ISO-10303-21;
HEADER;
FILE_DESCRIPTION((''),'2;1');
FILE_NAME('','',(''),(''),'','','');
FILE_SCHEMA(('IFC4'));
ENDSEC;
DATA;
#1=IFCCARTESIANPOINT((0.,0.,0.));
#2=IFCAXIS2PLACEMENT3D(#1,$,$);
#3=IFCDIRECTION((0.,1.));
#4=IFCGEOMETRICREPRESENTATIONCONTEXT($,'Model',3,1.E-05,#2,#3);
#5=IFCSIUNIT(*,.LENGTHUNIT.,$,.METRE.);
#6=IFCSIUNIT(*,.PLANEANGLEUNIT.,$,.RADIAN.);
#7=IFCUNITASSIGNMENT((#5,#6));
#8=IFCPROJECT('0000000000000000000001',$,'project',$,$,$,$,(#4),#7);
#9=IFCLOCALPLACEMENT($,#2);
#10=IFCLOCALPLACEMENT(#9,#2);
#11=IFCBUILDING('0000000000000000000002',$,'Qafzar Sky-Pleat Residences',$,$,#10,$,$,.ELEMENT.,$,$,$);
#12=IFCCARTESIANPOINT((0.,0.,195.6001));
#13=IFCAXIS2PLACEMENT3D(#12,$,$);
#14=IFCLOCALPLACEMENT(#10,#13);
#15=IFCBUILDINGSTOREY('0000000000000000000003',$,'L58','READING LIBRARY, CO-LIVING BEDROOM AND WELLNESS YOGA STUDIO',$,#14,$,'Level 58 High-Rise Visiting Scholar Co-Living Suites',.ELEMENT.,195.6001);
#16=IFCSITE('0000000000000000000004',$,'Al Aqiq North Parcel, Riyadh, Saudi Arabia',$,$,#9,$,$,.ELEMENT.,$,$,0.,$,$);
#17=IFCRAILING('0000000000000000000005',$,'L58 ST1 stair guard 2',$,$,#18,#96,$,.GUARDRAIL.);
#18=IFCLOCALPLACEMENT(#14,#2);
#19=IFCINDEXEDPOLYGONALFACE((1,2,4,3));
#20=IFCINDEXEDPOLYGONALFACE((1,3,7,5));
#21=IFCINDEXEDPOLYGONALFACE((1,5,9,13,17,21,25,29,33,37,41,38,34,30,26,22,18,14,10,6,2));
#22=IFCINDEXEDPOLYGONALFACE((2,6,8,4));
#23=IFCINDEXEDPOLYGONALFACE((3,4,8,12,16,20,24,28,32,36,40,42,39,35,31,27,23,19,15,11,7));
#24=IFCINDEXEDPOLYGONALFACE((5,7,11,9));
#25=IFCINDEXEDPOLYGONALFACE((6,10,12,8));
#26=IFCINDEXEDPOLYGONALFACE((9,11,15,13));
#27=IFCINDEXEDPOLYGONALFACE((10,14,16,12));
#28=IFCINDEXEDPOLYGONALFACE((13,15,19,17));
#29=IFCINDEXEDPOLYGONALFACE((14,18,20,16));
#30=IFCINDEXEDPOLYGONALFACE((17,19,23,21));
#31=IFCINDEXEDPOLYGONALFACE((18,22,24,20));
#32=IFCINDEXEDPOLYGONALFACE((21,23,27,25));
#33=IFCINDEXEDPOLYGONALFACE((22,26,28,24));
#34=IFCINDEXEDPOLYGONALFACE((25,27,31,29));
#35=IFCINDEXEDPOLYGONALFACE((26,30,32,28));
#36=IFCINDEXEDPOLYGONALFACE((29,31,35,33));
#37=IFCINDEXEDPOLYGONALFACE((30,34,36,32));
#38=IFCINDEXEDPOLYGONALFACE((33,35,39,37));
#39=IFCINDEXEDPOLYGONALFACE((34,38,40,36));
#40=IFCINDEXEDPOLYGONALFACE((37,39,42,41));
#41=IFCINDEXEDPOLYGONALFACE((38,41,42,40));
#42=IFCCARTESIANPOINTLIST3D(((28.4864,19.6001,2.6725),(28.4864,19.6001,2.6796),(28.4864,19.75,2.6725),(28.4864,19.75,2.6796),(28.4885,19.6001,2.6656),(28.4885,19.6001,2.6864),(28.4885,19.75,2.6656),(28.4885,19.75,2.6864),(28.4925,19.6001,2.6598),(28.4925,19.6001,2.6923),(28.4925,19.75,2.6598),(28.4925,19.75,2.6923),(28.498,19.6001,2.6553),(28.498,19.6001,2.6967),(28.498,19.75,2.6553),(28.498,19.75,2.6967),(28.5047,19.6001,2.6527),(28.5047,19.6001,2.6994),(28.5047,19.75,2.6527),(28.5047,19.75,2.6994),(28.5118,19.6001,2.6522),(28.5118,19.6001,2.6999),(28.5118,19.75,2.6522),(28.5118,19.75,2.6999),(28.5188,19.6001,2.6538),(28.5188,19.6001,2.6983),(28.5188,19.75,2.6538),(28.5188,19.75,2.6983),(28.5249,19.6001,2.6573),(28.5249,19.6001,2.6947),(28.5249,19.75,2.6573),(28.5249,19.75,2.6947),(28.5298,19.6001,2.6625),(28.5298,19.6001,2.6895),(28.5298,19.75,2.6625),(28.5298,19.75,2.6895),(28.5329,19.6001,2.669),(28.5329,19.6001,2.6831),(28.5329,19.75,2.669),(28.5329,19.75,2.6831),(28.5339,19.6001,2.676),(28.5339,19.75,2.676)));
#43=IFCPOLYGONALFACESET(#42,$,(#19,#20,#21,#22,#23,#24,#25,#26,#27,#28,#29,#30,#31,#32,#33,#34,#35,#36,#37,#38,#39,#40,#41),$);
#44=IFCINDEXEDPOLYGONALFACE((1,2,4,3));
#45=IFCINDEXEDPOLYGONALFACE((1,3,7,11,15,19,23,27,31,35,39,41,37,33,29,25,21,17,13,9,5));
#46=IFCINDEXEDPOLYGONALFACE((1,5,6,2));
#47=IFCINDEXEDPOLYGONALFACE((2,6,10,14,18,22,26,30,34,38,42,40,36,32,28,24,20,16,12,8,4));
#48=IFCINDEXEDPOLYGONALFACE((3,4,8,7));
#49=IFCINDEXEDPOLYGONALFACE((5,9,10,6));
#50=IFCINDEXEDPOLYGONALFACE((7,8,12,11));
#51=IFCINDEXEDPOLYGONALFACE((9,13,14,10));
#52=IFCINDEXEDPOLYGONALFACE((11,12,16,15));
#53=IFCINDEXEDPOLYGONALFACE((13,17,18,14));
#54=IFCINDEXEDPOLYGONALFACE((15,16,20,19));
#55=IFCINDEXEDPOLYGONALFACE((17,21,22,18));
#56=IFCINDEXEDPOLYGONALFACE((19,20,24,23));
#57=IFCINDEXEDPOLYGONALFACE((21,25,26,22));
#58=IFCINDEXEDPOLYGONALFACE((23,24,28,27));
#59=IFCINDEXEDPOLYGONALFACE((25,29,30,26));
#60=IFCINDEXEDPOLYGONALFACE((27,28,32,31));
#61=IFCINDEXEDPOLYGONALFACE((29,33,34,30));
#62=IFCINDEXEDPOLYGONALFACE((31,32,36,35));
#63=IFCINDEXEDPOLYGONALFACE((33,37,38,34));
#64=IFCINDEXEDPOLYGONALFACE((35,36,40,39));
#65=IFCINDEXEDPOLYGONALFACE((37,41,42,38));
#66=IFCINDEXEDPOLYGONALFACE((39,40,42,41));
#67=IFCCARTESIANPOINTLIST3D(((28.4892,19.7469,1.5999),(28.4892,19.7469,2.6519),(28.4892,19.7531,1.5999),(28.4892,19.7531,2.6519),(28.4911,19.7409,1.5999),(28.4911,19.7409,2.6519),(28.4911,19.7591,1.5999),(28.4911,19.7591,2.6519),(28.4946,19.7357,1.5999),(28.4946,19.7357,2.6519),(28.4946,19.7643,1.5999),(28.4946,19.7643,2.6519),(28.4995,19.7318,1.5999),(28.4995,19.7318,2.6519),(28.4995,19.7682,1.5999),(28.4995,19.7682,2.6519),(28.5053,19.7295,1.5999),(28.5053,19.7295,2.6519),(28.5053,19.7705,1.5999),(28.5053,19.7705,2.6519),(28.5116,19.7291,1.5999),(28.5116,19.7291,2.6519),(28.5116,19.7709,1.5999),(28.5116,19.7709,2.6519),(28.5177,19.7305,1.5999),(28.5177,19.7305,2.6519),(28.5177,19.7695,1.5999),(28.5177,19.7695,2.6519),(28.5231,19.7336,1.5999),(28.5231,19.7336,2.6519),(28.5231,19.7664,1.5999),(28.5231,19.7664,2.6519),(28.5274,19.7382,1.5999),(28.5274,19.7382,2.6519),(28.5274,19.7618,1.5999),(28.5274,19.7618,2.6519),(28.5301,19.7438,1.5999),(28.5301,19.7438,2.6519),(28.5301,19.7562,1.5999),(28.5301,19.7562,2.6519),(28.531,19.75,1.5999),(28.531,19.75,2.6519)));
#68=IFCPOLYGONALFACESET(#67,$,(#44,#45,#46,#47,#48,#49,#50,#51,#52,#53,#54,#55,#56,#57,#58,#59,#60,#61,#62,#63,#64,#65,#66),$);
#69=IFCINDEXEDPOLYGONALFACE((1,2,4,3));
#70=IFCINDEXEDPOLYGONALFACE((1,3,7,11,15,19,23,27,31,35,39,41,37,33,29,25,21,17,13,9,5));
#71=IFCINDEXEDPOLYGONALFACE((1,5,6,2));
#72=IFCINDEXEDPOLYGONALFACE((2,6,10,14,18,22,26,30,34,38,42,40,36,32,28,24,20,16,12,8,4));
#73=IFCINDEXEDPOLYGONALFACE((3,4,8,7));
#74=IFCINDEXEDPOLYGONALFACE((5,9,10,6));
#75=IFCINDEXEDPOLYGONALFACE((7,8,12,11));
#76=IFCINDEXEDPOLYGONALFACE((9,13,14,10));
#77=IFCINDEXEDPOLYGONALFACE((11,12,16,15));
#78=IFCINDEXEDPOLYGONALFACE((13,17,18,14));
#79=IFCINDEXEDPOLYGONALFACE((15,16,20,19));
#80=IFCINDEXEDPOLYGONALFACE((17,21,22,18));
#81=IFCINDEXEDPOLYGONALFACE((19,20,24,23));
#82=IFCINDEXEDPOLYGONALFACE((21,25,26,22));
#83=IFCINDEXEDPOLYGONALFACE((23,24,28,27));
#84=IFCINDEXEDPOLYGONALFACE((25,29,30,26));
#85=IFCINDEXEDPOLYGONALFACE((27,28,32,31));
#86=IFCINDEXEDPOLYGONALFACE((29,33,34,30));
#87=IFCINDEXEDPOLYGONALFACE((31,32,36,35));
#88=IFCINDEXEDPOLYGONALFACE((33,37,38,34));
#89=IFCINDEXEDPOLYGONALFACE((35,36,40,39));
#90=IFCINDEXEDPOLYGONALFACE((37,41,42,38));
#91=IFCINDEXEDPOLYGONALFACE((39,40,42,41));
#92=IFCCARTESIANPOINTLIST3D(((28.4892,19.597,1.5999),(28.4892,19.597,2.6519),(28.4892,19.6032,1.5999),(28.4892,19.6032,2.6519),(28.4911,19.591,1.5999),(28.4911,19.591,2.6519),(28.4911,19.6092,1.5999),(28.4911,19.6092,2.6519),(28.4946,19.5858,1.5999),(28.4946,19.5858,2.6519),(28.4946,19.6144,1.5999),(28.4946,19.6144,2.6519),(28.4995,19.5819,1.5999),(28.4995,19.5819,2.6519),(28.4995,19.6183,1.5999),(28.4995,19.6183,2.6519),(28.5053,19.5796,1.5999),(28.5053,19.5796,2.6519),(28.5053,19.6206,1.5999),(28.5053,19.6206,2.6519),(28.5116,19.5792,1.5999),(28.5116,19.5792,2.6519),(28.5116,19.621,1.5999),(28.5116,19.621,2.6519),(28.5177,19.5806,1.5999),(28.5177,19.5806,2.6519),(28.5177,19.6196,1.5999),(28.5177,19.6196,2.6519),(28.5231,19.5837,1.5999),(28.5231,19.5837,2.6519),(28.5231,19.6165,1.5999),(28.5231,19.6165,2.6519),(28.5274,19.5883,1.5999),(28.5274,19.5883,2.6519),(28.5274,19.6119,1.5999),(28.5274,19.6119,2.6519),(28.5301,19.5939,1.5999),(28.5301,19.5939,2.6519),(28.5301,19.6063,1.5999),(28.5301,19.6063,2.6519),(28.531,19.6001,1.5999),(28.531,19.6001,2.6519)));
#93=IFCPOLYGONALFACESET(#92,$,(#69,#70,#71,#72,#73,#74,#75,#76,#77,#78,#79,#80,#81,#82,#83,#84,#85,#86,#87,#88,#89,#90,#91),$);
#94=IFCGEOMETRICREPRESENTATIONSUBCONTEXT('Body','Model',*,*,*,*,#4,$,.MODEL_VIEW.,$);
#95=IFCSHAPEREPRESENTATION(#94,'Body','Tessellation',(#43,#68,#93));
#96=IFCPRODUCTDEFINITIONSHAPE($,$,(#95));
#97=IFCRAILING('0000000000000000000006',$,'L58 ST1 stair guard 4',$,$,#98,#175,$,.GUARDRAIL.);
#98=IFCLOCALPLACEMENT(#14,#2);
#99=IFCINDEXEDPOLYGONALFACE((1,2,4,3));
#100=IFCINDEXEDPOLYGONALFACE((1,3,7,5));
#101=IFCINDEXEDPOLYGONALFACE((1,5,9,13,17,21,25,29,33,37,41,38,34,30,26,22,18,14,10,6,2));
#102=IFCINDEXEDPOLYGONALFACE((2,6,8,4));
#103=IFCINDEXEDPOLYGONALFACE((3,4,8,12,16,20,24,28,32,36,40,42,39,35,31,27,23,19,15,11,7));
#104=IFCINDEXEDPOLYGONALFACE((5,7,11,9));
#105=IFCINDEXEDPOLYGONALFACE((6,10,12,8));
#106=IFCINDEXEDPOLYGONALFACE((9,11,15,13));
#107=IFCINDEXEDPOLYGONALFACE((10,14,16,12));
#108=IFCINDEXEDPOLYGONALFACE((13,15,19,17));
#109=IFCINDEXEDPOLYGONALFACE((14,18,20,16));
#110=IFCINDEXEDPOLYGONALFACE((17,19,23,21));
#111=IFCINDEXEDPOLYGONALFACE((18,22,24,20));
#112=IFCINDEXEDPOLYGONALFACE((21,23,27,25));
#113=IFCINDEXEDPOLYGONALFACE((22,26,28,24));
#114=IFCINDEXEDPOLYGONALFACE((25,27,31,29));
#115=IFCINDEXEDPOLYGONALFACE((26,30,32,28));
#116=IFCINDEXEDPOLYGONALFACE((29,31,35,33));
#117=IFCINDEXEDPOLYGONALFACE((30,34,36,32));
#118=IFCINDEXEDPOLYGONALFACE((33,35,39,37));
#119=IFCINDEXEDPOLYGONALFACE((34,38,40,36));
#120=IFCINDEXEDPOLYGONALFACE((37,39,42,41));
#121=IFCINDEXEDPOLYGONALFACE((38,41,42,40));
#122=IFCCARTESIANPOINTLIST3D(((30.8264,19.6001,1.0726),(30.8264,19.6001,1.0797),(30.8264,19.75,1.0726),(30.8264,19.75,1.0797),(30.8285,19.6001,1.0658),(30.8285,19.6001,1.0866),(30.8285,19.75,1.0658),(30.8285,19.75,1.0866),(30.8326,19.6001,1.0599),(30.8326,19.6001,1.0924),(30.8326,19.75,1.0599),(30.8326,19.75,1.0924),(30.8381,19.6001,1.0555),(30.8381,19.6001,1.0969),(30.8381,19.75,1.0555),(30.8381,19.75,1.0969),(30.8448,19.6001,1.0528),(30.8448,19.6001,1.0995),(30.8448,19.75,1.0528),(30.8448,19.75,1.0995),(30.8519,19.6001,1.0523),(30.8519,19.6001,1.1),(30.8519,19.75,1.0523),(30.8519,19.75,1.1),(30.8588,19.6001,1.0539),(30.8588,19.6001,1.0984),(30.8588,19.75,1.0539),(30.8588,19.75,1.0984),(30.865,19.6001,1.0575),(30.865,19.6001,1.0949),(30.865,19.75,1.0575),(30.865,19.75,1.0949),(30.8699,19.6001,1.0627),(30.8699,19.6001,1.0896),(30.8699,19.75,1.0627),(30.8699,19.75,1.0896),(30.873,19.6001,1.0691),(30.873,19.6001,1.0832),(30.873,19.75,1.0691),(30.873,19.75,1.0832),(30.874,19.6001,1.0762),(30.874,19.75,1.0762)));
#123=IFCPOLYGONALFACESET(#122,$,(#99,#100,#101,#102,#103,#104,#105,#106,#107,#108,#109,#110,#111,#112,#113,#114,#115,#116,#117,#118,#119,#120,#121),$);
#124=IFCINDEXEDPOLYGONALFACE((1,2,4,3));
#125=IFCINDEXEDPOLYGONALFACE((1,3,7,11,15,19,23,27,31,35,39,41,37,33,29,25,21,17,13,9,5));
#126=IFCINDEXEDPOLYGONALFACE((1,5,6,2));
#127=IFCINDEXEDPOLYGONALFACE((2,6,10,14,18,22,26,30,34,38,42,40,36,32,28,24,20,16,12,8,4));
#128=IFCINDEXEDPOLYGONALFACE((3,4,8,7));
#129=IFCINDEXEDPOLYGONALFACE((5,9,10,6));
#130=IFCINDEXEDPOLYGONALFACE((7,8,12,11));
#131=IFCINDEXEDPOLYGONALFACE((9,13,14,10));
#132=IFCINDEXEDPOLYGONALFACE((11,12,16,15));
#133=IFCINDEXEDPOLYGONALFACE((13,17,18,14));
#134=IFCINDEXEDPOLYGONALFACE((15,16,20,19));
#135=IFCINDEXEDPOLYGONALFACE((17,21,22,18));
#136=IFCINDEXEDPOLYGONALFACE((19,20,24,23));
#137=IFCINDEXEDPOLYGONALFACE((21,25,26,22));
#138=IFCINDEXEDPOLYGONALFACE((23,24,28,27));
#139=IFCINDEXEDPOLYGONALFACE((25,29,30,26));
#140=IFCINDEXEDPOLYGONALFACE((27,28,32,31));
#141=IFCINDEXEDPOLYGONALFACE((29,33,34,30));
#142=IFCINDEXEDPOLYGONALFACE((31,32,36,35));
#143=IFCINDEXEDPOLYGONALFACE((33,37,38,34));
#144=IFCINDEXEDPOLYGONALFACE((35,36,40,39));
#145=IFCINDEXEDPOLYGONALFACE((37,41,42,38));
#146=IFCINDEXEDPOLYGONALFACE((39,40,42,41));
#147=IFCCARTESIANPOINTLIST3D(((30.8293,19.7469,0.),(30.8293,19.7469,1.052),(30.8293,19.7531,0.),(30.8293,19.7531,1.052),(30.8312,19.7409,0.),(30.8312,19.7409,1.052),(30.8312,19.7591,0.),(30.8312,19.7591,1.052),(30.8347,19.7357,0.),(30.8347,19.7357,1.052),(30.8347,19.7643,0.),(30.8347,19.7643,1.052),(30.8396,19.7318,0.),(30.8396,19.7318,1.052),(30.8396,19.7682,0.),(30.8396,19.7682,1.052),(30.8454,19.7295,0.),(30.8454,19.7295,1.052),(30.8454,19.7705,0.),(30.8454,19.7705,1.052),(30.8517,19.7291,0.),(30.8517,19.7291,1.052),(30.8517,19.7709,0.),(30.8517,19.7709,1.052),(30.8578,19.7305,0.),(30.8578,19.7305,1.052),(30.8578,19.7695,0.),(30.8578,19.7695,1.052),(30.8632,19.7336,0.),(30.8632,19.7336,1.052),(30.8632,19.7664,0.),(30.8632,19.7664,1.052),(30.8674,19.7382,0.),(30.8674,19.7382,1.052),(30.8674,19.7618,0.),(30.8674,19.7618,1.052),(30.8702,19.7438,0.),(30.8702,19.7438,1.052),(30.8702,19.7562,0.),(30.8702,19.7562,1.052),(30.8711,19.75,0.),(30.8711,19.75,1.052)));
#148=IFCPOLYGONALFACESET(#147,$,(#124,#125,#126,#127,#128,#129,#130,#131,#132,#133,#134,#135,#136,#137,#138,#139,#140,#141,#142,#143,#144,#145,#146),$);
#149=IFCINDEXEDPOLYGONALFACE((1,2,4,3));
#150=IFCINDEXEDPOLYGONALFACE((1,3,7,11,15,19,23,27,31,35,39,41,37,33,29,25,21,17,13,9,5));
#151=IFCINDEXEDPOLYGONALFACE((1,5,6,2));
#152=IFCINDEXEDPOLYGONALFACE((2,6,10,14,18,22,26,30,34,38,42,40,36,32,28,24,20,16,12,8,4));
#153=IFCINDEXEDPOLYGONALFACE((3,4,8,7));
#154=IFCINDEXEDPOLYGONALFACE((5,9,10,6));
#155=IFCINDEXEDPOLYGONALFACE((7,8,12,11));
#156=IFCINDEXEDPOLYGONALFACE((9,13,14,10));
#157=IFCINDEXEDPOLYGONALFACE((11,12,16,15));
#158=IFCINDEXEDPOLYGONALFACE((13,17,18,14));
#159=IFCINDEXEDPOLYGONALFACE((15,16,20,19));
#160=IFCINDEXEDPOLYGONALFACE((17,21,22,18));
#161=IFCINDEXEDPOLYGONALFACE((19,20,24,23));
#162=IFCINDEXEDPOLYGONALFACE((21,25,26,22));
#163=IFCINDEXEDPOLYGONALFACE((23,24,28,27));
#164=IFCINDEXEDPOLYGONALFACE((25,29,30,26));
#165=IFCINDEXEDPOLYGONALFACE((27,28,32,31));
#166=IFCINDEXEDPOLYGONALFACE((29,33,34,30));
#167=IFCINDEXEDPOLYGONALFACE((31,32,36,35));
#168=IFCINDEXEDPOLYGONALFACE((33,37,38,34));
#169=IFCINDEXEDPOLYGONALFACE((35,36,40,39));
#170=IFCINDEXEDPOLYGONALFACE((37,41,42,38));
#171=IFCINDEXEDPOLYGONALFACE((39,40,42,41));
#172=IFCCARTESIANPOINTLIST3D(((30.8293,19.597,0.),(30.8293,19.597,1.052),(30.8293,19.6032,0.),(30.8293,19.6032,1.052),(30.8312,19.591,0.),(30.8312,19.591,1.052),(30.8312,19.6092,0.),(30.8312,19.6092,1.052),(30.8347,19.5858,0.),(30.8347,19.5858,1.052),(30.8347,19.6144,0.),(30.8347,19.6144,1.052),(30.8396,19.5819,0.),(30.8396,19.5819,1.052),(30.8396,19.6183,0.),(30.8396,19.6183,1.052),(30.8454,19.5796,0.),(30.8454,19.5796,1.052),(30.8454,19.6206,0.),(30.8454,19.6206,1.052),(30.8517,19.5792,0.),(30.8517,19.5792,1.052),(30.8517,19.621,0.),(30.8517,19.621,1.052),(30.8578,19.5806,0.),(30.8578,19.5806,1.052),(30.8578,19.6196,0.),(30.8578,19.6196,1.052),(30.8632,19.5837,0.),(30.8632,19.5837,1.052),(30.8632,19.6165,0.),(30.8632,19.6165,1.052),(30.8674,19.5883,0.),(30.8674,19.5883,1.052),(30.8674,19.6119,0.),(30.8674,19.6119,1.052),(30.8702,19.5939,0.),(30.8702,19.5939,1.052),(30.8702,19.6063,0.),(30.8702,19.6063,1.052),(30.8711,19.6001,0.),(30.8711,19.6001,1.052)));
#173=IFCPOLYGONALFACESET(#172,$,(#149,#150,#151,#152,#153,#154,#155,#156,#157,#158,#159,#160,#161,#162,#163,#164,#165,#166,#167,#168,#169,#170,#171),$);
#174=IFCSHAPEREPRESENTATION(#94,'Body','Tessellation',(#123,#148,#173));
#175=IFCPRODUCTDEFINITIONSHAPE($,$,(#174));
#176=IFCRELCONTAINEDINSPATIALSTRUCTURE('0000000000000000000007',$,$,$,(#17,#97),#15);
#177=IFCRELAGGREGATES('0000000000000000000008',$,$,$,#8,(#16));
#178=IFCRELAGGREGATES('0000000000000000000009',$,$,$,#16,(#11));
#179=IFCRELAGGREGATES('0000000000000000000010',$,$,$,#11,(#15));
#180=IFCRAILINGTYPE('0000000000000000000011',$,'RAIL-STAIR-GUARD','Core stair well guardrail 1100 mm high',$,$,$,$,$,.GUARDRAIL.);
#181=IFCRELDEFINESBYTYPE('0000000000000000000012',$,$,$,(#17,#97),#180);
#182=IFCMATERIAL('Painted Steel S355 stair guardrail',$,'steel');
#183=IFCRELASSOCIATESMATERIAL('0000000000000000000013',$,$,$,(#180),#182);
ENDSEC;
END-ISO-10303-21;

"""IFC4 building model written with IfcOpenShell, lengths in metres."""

from ifc_helpers import new_model, si_unit, direction, frame, origin, origin_2d, place, context, subcontext, project, spatial, circle, extrude, source, transform, mapped, material, type_object, element, save


model = new_model("IFC4")

# Units and contexts
model_context = context("Model", 3, precision=1e-05, world=origin(), true_north=direction((0.0, 1.0)))
body_context = subcontext(model_context, "Body", "Model", "MODEL_VIEW")
ifc_project = project(units=[si_unit("LENGTHUNIT", "METRE"), si_unit("PLANEANGLEUNIT", "RADIAN")], contexts=[model_context])

# Site, building, storey
site_placement = place(None, origin())
site = spatial("IfcSite", under=ifc_project, at=site_placement, Name="Al Aqiq North Parcel, Riyadh, Saudi Arabia", CompositionType="ELEMENT", RefElevation=0.0)
building_placement = place(site_placement, origin())
building = spatial("IfcBuilding", under=site, at=building_placement, Name="Qafzar Sky-Pleat Residences", CompositionType="ELEMENT")
storey_placement = place(building_placement, frame((0.0, 0.0, 195.6001)))
storey = spatial("IfcBuildingStorey", under=building, at=storey_placement, Name="L58", Description="READING LIBRARY, CO-LIVING BEDROOM AND WELLNESS YOGA STUDIO", LongName="Level 58 High-Rise Visiting Scholar Co-Living Suites", CompositionType="ELEMENT", Elevation=195.6001)

# Railings
ifc_material_1 = material(Name="Painted Steel S355 stair guardrail", Category="steel")
railing_type_1 = type_object("IfcRailingType", Name="RAIL-STAIR-GUARD", Description="Core stair well guardrail 1100 mm high", PredefinedType="GUARDRAIL", material=ifc_material_1)
shared_shape_1 = source(origin(), body_context, "Body", "SweptSolid", [
    extrude(circle(Radius=0.0239, at=origin_2d()), frame((0.0, 0.0, 1.0762), z_axis=(0.0, -1.0, 0.0), x_axis=(1.0, 0.0, 0.0)), (0.0, 0.0, 1.0), 0.1499),
    extrude(circle(Radius=0.021, at=origin_2d()), origin(), (0.0, 0.0, 1.0), 1.052),
    extrude(circle(Radius=0.021, at=origin_2d()), frame((0.0, -0.1499, 0.0)), (0.0, 0.0, 1.0), 1.052),
])
for number, where, name in (
    (1, (28.51, 19.75, 1.5999), "L58 ST1 stair guard 2"),
    (2, (30.8501, 19.75, 0.0), "L58 ST1 stair guard 4"),
):
    element("IfcRailing", number, at=place(storey_placement, frame(where)), inside=storey, type_object=railing_type_1, Name=name, PredefinedType="GUARDRAIL", context=body_context, shape_type="MappedRepresentation", body=[
        mapped(shared_shape_1, transform((0.0, 0.0, 0.0), x_axis=(1.0, 0.0, 0.0), y_axis=(0.0, 1.0, 0.0), z_axis=(0.0, 0.0, 1.0), scale=1.0)),
    ])

save(model, "model.ifc")
